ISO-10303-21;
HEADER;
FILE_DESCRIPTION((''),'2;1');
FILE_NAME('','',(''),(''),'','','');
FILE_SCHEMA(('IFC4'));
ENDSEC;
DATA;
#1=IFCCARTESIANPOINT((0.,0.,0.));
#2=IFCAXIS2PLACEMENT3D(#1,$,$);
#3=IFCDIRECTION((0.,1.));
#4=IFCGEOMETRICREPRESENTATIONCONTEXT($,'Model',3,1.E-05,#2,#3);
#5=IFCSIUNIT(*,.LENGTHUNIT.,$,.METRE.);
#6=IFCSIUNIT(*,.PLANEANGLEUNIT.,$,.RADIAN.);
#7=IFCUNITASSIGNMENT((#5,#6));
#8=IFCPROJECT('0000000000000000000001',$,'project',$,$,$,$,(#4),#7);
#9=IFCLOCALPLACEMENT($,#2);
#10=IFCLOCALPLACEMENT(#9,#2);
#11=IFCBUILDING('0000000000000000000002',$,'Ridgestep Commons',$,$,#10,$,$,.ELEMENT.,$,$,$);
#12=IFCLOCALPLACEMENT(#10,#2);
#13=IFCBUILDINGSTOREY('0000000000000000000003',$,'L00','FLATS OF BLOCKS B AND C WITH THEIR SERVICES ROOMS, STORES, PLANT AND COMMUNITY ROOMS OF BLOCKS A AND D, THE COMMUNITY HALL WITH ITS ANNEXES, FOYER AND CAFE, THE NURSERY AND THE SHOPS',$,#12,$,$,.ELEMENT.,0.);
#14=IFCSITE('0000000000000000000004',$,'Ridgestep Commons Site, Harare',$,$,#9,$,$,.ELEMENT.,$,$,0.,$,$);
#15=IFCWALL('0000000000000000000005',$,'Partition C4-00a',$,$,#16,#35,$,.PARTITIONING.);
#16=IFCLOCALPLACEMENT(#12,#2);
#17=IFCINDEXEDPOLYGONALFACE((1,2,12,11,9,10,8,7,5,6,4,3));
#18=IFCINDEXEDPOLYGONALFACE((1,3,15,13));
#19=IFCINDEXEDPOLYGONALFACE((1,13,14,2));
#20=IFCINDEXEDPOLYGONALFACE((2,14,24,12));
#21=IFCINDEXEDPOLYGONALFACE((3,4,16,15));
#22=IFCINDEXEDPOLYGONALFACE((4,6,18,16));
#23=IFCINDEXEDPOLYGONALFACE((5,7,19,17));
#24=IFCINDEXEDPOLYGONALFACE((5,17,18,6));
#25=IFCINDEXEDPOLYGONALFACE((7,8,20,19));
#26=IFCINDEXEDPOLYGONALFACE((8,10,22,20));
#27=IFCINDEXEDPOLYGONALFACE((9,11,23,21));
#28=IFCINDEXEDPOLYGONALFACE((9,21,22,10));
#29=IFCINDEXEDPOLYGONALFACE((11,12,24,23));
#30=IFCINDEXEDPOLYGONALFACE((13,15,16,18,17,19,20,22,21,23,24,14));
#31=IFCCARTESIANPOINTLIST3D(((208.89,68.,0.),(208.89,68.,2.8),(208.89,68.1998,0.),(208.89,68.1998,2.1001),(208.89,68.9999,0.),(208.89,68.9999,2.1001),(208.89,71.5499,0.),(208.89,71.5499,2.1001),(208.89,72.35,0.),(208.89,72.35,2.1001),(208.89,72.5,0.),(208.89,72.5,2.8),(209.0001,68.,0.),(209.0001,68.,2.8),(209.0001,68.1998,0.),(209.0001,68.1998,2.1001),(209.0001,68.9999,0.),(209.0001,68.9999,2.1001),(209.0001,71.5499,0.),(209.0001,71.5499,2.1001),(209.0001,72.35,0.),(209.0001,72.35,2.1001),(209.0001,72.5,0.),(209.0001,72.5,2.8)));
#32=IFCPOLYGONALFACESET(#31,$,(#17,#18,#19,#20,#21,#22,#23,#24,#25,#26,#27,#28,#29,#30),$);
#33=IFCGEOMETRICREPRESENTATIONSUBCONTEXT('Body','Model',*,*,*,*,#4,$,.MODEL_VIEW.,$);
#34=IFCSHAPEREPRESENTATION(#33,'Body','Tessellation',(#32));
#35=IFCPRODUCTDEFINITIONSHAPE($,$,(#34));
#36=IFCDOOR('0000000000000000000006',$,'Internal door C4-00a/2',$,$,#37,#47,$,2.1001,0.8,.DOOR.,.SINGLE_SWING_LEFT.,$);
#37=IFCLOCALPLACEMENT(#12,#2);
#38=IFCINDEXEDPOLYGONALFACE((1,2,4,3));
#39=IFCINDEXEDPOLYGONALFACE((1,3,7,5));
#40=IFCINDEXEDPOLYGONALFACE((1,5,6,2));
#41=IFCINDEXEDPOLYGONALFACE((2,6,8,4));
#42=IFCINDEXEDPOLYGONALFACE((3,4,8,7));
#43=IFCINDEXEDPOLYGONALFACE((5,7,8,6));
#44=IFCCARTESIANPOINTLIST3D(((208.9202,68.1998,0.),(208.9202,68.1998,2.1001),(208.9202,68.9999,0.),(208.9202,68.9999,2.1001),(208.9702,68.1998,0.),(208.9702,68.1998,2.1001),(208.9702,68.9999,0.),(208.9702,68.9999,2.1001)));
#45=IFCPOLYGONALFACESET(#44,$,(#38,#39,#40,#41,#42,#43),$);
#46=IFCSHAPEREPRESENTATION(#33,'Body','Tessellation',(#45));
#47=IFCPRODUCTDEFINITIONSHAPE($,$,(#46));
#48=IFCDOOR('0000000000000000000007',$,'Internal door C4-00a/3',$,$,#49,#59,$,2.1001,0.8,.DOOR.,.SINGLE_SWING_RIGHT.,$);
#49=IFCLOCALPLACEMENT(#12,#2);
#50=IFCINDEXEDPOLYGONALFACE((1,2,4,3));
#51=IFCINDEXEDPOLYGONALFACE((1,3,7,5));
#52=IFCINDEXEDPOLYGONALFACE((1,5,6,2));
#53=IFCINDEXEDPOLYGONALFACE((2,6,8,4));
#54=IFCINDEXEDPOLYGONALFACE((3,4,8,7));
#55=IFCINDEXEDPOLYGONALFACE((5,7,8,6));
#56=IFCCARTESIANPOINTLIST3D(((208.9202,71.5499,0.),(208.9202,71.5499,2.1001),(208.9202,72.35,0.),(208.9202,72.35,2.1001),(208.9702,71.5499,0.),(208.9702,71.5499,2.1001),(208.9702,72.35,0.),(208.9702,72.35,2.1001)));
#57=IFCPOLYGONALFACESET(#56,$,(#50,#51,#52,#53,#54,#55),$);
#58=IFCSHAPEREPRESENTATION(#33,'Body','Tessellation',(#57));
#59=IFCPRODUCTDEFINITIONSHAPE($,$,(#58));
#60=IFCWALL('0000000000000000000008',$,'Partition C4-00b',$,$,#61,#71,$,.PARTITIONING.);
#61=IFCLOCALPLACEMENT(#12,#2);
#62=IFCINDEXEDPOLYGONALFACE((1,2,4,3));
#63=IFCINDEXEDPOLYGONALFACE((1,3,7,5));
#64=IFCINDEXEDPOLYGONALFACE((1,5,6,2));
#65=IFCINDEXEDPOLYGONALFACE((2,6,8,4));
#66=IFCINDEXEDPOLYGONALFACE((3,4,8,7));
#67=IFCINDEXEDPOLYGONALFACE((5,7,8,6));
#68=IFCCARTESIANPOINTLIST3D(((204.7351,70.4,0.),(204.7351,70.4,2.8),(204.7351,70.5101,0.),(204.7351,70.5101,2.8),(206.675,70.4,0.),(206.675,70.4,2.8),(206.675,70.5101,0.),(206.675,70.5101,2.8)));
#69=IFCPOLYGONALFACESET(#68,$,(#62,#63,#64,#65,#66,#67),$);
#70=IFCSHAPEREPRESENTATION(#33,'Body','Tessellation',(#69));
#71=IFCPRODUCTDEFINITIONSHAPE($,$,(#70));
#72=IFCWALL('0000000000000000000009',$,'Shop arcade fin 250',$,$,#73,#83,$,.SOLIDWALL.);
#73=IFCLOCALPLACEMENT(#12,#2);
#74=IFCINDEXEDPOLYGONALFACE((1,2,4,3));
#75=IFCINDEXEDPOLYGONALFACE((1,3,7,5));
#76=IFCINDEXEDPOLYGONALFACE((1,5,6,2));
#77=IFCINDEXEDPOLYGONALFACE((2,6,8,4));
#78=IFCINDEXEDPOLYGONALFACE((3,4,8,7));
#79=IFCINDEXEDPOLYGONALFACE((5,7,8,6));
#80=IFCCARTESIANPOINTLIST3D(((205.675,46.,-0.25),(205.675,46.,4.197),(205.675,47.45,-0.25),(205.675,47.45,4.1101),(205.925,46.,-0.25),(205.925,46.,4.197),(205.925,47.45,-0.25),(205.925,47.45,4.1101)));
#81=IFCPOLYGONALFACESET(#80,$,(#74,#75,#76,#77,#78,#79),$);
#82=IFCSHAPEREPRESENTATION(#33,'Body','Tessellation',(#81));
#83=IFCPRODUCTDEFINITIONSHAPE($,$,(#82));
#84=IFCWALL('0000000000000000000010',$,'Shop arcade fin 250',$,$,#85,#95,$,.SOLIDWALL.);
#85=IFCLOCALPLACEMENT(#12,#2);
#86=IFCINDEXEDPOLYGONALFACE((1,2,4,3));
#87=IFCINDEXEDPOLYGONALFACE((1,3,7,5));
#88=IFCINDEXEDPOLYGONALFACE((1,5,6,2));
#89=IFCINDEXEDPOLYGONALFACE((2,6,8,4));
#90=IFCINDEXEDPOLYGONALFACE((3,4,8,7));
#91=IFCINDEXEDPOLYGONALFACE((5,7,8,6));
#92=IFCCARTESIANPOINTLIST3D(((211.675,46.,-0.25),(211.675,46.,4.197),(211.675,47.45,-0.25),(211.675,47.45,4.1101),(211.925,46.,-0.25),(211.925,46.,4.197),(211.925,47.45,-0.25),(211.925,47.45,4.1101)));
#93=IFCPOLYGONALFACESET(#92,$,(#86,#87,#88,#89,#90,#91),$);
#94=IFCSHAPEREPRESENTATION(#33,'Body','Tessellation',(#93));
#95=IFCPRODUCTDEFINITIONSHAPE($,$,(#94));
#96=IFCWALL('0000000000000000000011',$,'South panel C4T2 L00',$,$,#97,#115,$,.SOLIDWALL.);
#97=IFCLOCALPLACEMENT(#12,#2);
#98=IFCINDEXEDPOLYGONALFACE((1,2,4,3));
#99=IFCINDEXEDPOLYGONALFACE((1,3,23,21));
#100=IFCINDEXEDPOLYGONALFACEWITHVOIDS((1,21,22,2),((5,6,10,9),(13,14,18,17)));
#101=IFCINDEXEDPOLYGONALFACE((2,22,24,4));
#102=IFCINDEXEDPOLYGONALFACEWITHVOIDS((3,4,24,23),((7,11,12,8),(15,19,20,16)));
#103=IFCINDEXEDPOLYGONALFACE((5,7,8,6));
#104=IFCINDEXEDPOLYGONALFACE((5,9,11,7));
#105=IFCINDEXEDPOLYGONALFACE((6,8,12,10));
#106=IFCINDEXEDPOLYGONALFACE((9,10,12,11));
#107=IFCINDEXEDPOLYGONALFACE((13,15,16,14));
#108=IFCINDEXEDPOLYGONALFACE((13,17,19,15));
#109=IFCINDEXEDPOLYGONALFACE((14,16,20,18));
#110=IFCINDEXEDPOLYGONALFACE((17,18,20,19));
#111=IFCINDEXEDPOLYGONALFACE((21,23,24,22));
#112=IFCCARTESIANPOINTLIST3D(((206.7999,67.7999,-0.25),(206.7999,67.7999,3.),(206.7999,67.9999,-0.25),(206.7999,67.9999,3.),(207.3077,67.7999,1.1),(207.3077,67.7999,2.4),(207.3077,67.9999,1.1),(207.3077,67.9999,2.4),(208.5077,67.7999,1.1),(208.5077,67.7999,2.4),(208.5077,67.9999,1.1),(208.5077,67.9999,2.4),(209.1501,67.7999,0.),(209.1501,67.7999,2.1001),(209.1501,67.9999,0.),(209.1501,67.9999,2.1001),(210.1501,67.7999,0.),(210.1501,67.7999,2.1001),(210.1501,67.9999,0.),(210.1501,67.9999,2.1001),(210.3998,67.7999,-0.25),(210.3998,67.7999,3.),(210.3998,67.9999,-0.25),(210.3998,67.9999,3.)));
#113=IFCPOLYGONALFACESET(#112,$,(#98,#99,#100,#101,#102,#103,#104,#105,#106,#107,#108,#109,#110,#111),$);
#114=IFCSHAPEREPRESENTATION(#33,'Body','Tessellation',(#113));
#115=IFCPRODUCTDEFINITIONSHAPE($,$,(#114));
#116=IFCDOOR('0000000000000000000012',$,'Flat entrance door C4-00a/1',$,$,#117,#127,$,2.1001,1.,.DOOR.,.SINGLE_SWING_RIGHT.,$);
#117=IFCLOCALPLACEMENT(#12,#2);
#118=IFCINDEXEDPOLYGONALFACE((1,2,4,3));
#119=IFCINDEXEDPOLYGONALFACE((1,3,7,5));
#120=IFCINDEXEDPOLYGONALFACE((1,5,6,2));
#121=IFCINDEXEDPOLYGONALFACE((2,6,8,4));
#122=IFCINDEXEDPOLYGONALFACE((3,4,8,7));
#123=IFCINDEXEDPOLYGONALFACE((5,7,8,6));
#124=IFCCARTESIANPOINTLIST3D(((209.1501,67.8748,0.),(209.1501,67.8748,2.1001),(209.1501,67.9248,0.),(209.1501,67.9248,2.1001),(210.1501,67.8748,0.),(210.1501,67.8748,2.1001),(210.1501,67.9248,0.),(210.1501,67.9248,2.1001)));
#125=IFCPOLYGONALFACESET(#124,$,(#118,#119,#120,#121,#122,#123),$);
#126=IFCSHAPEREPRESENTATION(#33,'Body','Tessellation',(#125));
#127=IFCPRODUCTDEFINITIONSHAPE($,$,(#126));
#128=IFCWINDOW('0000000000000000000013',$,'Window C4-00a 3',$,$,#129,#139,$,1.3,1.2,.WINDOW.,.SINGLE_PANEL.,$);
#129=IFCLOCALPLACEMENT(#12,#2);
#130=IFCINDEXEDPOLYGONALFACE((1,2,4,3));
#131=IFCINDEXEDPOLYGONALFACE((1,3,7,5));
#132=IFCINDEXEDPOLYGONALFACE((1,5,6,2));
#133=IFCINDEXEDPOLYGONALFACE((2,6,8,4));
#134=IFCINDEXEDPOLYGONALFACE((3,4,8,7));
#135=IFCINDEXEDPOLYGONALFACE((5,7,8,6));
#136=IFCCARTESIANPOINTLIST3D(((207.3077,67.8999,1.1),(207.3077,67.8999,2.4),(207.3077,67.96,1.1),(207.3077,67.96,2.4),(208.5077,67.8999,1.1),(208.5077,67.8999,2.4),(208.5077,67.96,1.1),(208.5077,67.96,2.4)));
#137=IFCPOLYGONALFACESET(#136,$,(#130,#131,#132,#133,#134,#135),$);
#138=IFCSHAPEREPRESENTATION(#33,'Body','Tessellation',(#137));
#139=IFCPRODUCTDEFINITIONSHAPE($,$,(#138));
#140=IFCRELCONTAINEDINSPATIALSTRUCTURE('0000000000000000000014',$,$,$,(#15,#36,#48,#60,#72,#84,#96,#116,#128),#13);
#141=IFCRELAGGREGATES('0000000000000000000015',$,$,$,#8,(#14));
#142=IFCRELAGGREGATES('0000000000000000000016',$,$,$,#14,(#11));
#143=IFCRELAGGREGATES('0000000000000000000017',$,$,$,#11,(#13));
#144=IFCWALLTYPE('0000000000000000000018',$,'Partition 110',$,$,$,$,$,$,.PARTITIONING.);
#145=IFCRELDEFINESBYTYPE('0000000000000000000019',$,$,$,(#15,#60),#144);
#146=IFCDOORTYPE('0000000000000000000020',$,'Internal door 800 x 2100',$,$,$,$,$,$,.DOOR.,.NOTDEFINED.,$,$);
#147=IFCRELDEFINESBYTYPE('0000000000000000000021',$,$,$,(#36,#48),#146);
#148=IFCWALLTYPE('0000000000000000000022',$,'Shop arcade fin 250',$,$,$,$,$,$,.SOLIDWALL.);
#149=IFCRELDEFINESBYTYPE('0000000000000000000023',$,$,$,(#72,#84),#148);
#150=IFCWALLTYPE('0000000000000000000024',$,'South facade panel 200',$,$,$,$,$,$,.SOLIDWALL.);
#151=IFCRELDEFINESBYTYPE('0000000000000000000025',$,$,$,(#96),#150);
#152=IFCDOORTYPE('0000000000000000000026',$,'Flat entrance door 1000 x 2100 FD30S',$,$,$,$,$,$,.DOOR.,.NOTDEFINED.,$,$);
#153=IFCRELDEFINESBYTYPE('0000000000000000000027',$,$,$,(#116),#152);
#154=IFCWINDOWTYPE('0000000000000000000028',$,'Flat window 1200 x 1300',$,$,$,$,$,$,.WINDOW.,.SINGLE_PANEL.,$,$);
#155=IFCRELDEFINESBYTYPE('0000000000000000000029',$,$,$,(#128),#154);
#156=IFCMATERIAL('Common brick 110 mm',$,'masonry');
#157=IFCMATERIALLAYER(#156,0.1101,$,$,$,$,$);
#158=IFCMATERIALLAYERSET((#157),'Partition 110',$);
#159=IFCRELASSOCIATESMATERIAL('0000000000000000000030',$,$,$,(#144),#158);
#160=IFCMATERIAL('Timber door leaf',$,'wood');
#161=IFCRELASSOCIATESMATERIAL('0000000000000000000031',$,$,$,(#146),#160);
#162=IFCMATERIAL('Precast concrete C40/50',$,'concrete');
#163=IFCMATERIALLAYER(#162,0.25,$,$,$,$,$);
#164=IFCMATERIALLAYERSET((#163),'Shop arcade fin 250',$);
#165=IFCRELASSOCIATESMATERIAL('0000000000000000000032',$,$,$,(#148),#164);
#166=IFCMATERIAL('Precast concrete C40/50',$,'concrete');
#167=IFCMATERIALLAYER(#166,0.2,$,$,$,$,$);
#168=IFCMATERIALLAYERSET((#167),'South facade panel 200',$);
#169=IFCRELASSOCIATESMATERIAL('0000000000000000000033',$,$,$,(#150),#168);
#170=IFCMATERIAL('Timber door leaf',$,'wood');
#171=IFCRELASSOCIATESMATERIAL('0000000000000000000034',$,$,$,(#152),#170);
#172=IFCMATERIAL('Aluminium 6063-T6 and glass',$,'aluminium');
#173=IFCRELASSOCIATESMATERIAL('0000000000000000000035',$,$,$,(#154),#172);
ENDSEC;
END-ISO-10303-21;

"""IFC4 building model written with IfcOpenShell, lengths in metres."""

from ifc_helpers import new_model, si_unit, direction, frame, frame_2d, origin, place, context, subcontext, project, spatial, polyline, rectangle, outline, extrude, material, layer, layer_set, type_object, element, fill, save


model = new_model("IFC4")

# Units and contexts
model_context = context("Model", 3, precision=1e-05, world=origin(), true_north=direction((0.0, 1.0)))
body_context = subcontext(model_context, "Body", "Model", "MODEL_VIEW")
ifc_project = project(units=[si_unit("LENGTHUNIT", "METRE"), si_unit("PLANEANGLEUNIT", "RADIAN")], contexts=[model_context])

# Site, building, storey
site_placement = place(None, origin())
site = spatial("IfcSite", under=ifc_project, at=site_placement, Name="Ridgestep Commons Site, Harare", CompositionType="ELEMENT", RefElevation=0.0)
building_placement = place(site_placement, origin())
building = spatial("IfcBuilding", under=site, at=building_placement, Name="Ridgestep Commons", CompositionType="ELEMENT")
storey_placement = place(building_placement, origin())
storey = spatial("IfcBuildingStorey", under=building, at=storey_placement, Name="L00", Description="FLATS OF BLOCKS B AND C WITH THEIR SERVICES ROOMS, STORES, PLANT AND COMMUNITY ROOMS OF BLOCKS A AND D, THE COMMUNITY HALL WITH ITS ANNEXES, FOYER AND CAFE, THE NURSERY AND THE SHOPS", CompositionType="ELEMENT", Elevation=0.0)

# Shared definitions
ifc_material_1 = material(Name="Common brick 110 mm", Category="masonry")
ifc_layer_1 = layer(ifc_material_1, 0.1101)
ifc_layer_set_1 = layer_set([ifc_layer_1], Name="Partition 110")
wall_type_1 = type_object("IfcWallType", Name="Partition 110", PredefinedType="PARTITIONING", material=ifc_layer_set_1)

# Wall, openings, doors
wall_1_placement = place(storey_placement, frame((208.9451, 68.0, 0.0), z_axis=(0.0, 0.0, 1.0), x_axis=(0.0, 1.0, 0.0)))
wall_1 = element("IfcWall", 1, at=wall_1_placement, inside=storey, type_object=wall_type_1, Name="Partition C4-00a", PredefinedType="PARTITIONING", context=body_context, shape_type="SweptSolid", body=[
    extrude(rectangle(XDim=4.5, YDim=0.1101, at=frame_2d((2.25, 0.0))), origin(), (0.0, 0.0, 1.0), 2.8),
])
opening_1_placement = place(wall_1_placement, frame((0.2, 0.0, 0.0)))
opening_1 = element("IfcOpeningElement", 2, at=opening_1_placement, cuts=wall_1, PredefinedType="OPENING", context=body_context, shape_type="SweptSolid", body=[
    extrude(rectangle(XDim=0.8, YDim=2.1001, at=frame_2d((0.3999, 1.05))), frame((0.0, 0.0649, 0.0), z_axis=(0.0, -1.0, 0.0), x_axis=(1.0, 0.0, 0.0)), (0.0, 0.0, 1.0), 0.1301),
])
opening_2_placement = place(wall_1_placement, frame((3.55, 0.0, 0.0)))
opening_2 = element("IfcOpeningElement", 3, at=opening_2_placement, cuts=wall_1, PredefinedType="OPENING", context=body_context, shape_type="SweptSolid", body=[
    extrude(rectangle(XDim=0.8, YDim=2.1001, at=frame_2d((0.3999, 1.05))), frame((0.0, 0.0649, 0.0), z_axis=(0.0, -1.0, 0.0), x_axis=(1.0, 0.0, 0.0)), (0.0, 0.0, 1.0), 0.1301),
])
ifc_material_2 = material(Name="Timber door leaf", Category="wood")
door_type_1 = type_object("IfcDoorType", Name="Internal door 800 x 2100", OperationType="NOTDEFINED", PredefinedType="DOOR", material=ifc_material_2)
door_1_placement = place(opening_1_placement, origin())
door_1 = element("IfcDoor", 4, at=door_1_placement, inside=storey, type_object=door_type_1, Name="Internal door C4-00a/2", OperationType="SINGLE_SWING_LEFT", OverallHeight=2.1001, OverallWidth=0.8, PredefinedType="DOOR", context=body_context, shape_type="SweptSolid", body=[
    extrude(rectangle(XDim=0.8, YDim=2.1001, at=frame_2d((0.3999, 1.05))), frame((0.0, 0.0249, 0.0), z_axis=(0.0, -1.0, 0.0), x_axis=(1.0, 0.0, 0.0)), (0.0, 0.0, 1.0), 0.05),
])
fill(opening_1, door_1)
door_2_placement = place(opening_2_placement, origin())
door_2 = element("IfcDoor", 5, at=door_2_placement, inside=storey, type_object=door_type_1, Name="Internal door C4-00a/3", OperationType="SINGLE_SWING_RIGHT", OverallHeight=2.1001, OverallWidth=0.8, PredefinedType="DOOR", context=body_context, shape_type="SweptSolid", body=[
    extrude(rectangle(XDim=0.8, YDim=2.1001, at=frame_2d((0.3999, 1.05))), frame((0.0, 0.0249, 0.0), z_axis=(0.0, -1.0, 0.0), x_axis=(1.0, 0.0, 0.0)), (0.0, 0.0, 1.0), 0.05),
])
fill(opening_2, door_2)

# Walls
wall_2_placement = place(storey_placement, frame((204.7351, 70.4551, 0.0), z_axis=(0.0, 0.0, 1.0), x_axis=(1.0, 0.0, 0.0)))
element("IfcWall", 6, at=wall_2_placement, inside=storey, type_object=wall_type_1, Name="Partition C4-00b", PredefinedType="PARTITIONING", context=body_context, shape_type="SweptSolid", body=[
    extrude(rectangle(XDim=1.9399, YDim=0.1101, at=frame_2d((0.97, 0.0))), origin(), (0.0, 0.0, 1.0), 2.8),
])
ifc_material_3 = material(Name="Precast concrete C40/50", Category="concrete")
ifc_layer_2 = layer(ifc_material_3, 0.25)
ifc_layer_set_2 = layer_set([ifc_layer_2], Name="Shop arcade fin 250")
wall_type_2 = type_object("IfcWallType", Name="Shop arcade fin 250", PredefinedType="SOLIDWALL", material=ifc_layer_set_2)
for number, where, z_axis, x_axis, name in (
    (7, (205.8, 46.0, -0.25), (0.0, 0.0, 1.0), (0.0, 1.0, 0.0), "Shop arcade fin 250"),
    (8, (211.8, 46.0, -0.25), (0.0, 0.0, 1.0), (0.0, 1.0, 0.0), "Shop arcade fin 250"),
):
    element("IfcWall", number, at=place(storey_placement, frame(where, z_axis=z_axis, x_axis=x_axis)), inside=storey, type_object=wall_type_2, Name=name, PredefinedType="SOLIDWALL", context=body_context, shape_type="SweptSolid", body=[
        extrude(outline(polyline([(0.0, 0.0), (1.45, 0.0), (1.45, 4.3601), (0.0, 4.447), (0.0, 0.0)])), frame((0.0, 0.125, 0.0), z_axis=(0.0, -1.0, 0.0), x_axis=(1.0, 0.0, 0.0)), (0.0, 0.0, 1.0), 0.25),
    ])

# Wall, openings, door, window
ifc_material_4 = material(Name="Precast concrete C40/50", Category="concrete")
ifc_layer_3 = layer(ifc_material_4, 0.2)
ifc_layer_set_3 = layer_set([ifc_layer_3], Name="South facade panel 200")
wall_type_3 = type_object("IfcWallType", Name="South facade panel 200", PredefinedType="SOLIDWALL", material=ifc_layer_set_3)
wall_3_placement = place(storey_placement, frame((206.8, 67.8999, -0.25), z_axis=(0.0, 0.0, 1.0), x_axis=(1.0, 0.0, 0.0)))
wall_3 = element("IfcWall", 9, at=wall_3_placement, inside=storey, type_object=wall_type_3, Name="South panel C4T2 L00", PredefinedType="SOLIDWALL", context=body_context, shape_type="SweptSolid", body=[
    extrude(rectangle(XDim=3.5999, YDim=0.2, at=frame_2d((1.7998, 0.0))), origin(), (0.0, 0.0, 1.0), 3.25),
])
opening_3_placement = place(wall_3_placement, frame((0.5076, 0.0, 1.3501)))
opening_3 = element("IfcOpeningElement", 10, at=opening_3_placement, cuts=wall_3, PredefinedType="OPENING", context=body_context, shape_type="SweptSolid", body=[
    extrude(rectangle(XDim=1.2, YDim=1.3, at=frame_2d((0.6001, 0.6499))), frame((0.0, 0.1099, 0.0), z_axis=(0.0, -1.0, 0.0), x_axis=(1.0, 0.0, 0.0)), (0.0, 0.0, 1.0), 0.22),
])
opening_4_placement = place(wall_3_placement, frame((2.3501, 0.0, 0.25)))
opening_4 = element("IfcOpeningElement", 11, at=opening_4_placement, cuts=wall_3, PredefinedType="OPENING", context=body_context, shape_type="SweptSolid", body=[
    extrude(rectangle(XDim=1.0, YDim=2.1001, at=frame_2d((0.5, 1.05))), frame((0.0, 0.1099, 0.0), z_axis=(0.0, -1.0, 0.0), x_axis=(1.0, 0.0, 0.0)), (0.0, 0.0, 1.0), 0.22),
])
ifc_material_5 = material(Name="Timber door leaf", Category="wood")
door_type_2 = type_object("IfcDoorType", Name="Flat entrance door 1000 x 2100 FD30S", OperationType="NOTDEFINED", PredefinedType="DOOR", material=ifc_material_5)
door_3_placement = place(opening_4_placement, origin())
door_3 = element("IfcDoor", 12, at=door_3_placement, inside=storey, type_object=door_type_2, Name="Flat entrance door C4-00a/1", OperationType="SINGLE_SWING_RIGHT", OverallHeight=2.1001, OverallWidth=1.0, PredefinedType="DOOR", context=body_context, shape_type="SweptSolid", body=[
    extrude(rectangle(XDim=1.0, YDim=2.1001, at=frame_2d((0.5, 1.05))), frame((0.0, 0.0249, 0.0), z_axis=(0.0, -1.0, 0.0), x_axis=(1.0, 0.0, 0.0)), (0.0, 0.0, 1.0), 0.05),
])
fill(opening_4, door_3)
ifc_material_6 = material(Name="Aluminium 6063-T6 and glass", Category="aluminium")
window_type_1 = type_object("IfcWindowType", Name="Flat window 1200 x 1300", PartitioningType="SINGLE_PANEL", PredefinedType="WINDOW", material=ifc_material_6)
window_1_placement = place(opening_3_placement, origin())
window_1 = element("IfcWindow", 13, at=window_1_placement, inside=storey, type_object=window_type_1, Name="Window C4-00a 3", OverallHeight=1.3, OverallWidth=1.2, PartitioningType="SINGLE_PANEL", PredefinedType="WINDOW", context=body_context, shape_type="SweptSolid", body=[
    extrude(rectangle(XDim=1.2, YDim=1.3, at=frame_2d((0.6001, 0.6499))), frame((0.0, 0.0601, 0.0), z_axis=(0.0, -1.0, 0.0), x_axis=(1.0, 0.0, 0.0)), (0.0, 0.0, 1.0), 0.0601),
])
fill(opening_3, window_1)

save(model, "model.ifc")
